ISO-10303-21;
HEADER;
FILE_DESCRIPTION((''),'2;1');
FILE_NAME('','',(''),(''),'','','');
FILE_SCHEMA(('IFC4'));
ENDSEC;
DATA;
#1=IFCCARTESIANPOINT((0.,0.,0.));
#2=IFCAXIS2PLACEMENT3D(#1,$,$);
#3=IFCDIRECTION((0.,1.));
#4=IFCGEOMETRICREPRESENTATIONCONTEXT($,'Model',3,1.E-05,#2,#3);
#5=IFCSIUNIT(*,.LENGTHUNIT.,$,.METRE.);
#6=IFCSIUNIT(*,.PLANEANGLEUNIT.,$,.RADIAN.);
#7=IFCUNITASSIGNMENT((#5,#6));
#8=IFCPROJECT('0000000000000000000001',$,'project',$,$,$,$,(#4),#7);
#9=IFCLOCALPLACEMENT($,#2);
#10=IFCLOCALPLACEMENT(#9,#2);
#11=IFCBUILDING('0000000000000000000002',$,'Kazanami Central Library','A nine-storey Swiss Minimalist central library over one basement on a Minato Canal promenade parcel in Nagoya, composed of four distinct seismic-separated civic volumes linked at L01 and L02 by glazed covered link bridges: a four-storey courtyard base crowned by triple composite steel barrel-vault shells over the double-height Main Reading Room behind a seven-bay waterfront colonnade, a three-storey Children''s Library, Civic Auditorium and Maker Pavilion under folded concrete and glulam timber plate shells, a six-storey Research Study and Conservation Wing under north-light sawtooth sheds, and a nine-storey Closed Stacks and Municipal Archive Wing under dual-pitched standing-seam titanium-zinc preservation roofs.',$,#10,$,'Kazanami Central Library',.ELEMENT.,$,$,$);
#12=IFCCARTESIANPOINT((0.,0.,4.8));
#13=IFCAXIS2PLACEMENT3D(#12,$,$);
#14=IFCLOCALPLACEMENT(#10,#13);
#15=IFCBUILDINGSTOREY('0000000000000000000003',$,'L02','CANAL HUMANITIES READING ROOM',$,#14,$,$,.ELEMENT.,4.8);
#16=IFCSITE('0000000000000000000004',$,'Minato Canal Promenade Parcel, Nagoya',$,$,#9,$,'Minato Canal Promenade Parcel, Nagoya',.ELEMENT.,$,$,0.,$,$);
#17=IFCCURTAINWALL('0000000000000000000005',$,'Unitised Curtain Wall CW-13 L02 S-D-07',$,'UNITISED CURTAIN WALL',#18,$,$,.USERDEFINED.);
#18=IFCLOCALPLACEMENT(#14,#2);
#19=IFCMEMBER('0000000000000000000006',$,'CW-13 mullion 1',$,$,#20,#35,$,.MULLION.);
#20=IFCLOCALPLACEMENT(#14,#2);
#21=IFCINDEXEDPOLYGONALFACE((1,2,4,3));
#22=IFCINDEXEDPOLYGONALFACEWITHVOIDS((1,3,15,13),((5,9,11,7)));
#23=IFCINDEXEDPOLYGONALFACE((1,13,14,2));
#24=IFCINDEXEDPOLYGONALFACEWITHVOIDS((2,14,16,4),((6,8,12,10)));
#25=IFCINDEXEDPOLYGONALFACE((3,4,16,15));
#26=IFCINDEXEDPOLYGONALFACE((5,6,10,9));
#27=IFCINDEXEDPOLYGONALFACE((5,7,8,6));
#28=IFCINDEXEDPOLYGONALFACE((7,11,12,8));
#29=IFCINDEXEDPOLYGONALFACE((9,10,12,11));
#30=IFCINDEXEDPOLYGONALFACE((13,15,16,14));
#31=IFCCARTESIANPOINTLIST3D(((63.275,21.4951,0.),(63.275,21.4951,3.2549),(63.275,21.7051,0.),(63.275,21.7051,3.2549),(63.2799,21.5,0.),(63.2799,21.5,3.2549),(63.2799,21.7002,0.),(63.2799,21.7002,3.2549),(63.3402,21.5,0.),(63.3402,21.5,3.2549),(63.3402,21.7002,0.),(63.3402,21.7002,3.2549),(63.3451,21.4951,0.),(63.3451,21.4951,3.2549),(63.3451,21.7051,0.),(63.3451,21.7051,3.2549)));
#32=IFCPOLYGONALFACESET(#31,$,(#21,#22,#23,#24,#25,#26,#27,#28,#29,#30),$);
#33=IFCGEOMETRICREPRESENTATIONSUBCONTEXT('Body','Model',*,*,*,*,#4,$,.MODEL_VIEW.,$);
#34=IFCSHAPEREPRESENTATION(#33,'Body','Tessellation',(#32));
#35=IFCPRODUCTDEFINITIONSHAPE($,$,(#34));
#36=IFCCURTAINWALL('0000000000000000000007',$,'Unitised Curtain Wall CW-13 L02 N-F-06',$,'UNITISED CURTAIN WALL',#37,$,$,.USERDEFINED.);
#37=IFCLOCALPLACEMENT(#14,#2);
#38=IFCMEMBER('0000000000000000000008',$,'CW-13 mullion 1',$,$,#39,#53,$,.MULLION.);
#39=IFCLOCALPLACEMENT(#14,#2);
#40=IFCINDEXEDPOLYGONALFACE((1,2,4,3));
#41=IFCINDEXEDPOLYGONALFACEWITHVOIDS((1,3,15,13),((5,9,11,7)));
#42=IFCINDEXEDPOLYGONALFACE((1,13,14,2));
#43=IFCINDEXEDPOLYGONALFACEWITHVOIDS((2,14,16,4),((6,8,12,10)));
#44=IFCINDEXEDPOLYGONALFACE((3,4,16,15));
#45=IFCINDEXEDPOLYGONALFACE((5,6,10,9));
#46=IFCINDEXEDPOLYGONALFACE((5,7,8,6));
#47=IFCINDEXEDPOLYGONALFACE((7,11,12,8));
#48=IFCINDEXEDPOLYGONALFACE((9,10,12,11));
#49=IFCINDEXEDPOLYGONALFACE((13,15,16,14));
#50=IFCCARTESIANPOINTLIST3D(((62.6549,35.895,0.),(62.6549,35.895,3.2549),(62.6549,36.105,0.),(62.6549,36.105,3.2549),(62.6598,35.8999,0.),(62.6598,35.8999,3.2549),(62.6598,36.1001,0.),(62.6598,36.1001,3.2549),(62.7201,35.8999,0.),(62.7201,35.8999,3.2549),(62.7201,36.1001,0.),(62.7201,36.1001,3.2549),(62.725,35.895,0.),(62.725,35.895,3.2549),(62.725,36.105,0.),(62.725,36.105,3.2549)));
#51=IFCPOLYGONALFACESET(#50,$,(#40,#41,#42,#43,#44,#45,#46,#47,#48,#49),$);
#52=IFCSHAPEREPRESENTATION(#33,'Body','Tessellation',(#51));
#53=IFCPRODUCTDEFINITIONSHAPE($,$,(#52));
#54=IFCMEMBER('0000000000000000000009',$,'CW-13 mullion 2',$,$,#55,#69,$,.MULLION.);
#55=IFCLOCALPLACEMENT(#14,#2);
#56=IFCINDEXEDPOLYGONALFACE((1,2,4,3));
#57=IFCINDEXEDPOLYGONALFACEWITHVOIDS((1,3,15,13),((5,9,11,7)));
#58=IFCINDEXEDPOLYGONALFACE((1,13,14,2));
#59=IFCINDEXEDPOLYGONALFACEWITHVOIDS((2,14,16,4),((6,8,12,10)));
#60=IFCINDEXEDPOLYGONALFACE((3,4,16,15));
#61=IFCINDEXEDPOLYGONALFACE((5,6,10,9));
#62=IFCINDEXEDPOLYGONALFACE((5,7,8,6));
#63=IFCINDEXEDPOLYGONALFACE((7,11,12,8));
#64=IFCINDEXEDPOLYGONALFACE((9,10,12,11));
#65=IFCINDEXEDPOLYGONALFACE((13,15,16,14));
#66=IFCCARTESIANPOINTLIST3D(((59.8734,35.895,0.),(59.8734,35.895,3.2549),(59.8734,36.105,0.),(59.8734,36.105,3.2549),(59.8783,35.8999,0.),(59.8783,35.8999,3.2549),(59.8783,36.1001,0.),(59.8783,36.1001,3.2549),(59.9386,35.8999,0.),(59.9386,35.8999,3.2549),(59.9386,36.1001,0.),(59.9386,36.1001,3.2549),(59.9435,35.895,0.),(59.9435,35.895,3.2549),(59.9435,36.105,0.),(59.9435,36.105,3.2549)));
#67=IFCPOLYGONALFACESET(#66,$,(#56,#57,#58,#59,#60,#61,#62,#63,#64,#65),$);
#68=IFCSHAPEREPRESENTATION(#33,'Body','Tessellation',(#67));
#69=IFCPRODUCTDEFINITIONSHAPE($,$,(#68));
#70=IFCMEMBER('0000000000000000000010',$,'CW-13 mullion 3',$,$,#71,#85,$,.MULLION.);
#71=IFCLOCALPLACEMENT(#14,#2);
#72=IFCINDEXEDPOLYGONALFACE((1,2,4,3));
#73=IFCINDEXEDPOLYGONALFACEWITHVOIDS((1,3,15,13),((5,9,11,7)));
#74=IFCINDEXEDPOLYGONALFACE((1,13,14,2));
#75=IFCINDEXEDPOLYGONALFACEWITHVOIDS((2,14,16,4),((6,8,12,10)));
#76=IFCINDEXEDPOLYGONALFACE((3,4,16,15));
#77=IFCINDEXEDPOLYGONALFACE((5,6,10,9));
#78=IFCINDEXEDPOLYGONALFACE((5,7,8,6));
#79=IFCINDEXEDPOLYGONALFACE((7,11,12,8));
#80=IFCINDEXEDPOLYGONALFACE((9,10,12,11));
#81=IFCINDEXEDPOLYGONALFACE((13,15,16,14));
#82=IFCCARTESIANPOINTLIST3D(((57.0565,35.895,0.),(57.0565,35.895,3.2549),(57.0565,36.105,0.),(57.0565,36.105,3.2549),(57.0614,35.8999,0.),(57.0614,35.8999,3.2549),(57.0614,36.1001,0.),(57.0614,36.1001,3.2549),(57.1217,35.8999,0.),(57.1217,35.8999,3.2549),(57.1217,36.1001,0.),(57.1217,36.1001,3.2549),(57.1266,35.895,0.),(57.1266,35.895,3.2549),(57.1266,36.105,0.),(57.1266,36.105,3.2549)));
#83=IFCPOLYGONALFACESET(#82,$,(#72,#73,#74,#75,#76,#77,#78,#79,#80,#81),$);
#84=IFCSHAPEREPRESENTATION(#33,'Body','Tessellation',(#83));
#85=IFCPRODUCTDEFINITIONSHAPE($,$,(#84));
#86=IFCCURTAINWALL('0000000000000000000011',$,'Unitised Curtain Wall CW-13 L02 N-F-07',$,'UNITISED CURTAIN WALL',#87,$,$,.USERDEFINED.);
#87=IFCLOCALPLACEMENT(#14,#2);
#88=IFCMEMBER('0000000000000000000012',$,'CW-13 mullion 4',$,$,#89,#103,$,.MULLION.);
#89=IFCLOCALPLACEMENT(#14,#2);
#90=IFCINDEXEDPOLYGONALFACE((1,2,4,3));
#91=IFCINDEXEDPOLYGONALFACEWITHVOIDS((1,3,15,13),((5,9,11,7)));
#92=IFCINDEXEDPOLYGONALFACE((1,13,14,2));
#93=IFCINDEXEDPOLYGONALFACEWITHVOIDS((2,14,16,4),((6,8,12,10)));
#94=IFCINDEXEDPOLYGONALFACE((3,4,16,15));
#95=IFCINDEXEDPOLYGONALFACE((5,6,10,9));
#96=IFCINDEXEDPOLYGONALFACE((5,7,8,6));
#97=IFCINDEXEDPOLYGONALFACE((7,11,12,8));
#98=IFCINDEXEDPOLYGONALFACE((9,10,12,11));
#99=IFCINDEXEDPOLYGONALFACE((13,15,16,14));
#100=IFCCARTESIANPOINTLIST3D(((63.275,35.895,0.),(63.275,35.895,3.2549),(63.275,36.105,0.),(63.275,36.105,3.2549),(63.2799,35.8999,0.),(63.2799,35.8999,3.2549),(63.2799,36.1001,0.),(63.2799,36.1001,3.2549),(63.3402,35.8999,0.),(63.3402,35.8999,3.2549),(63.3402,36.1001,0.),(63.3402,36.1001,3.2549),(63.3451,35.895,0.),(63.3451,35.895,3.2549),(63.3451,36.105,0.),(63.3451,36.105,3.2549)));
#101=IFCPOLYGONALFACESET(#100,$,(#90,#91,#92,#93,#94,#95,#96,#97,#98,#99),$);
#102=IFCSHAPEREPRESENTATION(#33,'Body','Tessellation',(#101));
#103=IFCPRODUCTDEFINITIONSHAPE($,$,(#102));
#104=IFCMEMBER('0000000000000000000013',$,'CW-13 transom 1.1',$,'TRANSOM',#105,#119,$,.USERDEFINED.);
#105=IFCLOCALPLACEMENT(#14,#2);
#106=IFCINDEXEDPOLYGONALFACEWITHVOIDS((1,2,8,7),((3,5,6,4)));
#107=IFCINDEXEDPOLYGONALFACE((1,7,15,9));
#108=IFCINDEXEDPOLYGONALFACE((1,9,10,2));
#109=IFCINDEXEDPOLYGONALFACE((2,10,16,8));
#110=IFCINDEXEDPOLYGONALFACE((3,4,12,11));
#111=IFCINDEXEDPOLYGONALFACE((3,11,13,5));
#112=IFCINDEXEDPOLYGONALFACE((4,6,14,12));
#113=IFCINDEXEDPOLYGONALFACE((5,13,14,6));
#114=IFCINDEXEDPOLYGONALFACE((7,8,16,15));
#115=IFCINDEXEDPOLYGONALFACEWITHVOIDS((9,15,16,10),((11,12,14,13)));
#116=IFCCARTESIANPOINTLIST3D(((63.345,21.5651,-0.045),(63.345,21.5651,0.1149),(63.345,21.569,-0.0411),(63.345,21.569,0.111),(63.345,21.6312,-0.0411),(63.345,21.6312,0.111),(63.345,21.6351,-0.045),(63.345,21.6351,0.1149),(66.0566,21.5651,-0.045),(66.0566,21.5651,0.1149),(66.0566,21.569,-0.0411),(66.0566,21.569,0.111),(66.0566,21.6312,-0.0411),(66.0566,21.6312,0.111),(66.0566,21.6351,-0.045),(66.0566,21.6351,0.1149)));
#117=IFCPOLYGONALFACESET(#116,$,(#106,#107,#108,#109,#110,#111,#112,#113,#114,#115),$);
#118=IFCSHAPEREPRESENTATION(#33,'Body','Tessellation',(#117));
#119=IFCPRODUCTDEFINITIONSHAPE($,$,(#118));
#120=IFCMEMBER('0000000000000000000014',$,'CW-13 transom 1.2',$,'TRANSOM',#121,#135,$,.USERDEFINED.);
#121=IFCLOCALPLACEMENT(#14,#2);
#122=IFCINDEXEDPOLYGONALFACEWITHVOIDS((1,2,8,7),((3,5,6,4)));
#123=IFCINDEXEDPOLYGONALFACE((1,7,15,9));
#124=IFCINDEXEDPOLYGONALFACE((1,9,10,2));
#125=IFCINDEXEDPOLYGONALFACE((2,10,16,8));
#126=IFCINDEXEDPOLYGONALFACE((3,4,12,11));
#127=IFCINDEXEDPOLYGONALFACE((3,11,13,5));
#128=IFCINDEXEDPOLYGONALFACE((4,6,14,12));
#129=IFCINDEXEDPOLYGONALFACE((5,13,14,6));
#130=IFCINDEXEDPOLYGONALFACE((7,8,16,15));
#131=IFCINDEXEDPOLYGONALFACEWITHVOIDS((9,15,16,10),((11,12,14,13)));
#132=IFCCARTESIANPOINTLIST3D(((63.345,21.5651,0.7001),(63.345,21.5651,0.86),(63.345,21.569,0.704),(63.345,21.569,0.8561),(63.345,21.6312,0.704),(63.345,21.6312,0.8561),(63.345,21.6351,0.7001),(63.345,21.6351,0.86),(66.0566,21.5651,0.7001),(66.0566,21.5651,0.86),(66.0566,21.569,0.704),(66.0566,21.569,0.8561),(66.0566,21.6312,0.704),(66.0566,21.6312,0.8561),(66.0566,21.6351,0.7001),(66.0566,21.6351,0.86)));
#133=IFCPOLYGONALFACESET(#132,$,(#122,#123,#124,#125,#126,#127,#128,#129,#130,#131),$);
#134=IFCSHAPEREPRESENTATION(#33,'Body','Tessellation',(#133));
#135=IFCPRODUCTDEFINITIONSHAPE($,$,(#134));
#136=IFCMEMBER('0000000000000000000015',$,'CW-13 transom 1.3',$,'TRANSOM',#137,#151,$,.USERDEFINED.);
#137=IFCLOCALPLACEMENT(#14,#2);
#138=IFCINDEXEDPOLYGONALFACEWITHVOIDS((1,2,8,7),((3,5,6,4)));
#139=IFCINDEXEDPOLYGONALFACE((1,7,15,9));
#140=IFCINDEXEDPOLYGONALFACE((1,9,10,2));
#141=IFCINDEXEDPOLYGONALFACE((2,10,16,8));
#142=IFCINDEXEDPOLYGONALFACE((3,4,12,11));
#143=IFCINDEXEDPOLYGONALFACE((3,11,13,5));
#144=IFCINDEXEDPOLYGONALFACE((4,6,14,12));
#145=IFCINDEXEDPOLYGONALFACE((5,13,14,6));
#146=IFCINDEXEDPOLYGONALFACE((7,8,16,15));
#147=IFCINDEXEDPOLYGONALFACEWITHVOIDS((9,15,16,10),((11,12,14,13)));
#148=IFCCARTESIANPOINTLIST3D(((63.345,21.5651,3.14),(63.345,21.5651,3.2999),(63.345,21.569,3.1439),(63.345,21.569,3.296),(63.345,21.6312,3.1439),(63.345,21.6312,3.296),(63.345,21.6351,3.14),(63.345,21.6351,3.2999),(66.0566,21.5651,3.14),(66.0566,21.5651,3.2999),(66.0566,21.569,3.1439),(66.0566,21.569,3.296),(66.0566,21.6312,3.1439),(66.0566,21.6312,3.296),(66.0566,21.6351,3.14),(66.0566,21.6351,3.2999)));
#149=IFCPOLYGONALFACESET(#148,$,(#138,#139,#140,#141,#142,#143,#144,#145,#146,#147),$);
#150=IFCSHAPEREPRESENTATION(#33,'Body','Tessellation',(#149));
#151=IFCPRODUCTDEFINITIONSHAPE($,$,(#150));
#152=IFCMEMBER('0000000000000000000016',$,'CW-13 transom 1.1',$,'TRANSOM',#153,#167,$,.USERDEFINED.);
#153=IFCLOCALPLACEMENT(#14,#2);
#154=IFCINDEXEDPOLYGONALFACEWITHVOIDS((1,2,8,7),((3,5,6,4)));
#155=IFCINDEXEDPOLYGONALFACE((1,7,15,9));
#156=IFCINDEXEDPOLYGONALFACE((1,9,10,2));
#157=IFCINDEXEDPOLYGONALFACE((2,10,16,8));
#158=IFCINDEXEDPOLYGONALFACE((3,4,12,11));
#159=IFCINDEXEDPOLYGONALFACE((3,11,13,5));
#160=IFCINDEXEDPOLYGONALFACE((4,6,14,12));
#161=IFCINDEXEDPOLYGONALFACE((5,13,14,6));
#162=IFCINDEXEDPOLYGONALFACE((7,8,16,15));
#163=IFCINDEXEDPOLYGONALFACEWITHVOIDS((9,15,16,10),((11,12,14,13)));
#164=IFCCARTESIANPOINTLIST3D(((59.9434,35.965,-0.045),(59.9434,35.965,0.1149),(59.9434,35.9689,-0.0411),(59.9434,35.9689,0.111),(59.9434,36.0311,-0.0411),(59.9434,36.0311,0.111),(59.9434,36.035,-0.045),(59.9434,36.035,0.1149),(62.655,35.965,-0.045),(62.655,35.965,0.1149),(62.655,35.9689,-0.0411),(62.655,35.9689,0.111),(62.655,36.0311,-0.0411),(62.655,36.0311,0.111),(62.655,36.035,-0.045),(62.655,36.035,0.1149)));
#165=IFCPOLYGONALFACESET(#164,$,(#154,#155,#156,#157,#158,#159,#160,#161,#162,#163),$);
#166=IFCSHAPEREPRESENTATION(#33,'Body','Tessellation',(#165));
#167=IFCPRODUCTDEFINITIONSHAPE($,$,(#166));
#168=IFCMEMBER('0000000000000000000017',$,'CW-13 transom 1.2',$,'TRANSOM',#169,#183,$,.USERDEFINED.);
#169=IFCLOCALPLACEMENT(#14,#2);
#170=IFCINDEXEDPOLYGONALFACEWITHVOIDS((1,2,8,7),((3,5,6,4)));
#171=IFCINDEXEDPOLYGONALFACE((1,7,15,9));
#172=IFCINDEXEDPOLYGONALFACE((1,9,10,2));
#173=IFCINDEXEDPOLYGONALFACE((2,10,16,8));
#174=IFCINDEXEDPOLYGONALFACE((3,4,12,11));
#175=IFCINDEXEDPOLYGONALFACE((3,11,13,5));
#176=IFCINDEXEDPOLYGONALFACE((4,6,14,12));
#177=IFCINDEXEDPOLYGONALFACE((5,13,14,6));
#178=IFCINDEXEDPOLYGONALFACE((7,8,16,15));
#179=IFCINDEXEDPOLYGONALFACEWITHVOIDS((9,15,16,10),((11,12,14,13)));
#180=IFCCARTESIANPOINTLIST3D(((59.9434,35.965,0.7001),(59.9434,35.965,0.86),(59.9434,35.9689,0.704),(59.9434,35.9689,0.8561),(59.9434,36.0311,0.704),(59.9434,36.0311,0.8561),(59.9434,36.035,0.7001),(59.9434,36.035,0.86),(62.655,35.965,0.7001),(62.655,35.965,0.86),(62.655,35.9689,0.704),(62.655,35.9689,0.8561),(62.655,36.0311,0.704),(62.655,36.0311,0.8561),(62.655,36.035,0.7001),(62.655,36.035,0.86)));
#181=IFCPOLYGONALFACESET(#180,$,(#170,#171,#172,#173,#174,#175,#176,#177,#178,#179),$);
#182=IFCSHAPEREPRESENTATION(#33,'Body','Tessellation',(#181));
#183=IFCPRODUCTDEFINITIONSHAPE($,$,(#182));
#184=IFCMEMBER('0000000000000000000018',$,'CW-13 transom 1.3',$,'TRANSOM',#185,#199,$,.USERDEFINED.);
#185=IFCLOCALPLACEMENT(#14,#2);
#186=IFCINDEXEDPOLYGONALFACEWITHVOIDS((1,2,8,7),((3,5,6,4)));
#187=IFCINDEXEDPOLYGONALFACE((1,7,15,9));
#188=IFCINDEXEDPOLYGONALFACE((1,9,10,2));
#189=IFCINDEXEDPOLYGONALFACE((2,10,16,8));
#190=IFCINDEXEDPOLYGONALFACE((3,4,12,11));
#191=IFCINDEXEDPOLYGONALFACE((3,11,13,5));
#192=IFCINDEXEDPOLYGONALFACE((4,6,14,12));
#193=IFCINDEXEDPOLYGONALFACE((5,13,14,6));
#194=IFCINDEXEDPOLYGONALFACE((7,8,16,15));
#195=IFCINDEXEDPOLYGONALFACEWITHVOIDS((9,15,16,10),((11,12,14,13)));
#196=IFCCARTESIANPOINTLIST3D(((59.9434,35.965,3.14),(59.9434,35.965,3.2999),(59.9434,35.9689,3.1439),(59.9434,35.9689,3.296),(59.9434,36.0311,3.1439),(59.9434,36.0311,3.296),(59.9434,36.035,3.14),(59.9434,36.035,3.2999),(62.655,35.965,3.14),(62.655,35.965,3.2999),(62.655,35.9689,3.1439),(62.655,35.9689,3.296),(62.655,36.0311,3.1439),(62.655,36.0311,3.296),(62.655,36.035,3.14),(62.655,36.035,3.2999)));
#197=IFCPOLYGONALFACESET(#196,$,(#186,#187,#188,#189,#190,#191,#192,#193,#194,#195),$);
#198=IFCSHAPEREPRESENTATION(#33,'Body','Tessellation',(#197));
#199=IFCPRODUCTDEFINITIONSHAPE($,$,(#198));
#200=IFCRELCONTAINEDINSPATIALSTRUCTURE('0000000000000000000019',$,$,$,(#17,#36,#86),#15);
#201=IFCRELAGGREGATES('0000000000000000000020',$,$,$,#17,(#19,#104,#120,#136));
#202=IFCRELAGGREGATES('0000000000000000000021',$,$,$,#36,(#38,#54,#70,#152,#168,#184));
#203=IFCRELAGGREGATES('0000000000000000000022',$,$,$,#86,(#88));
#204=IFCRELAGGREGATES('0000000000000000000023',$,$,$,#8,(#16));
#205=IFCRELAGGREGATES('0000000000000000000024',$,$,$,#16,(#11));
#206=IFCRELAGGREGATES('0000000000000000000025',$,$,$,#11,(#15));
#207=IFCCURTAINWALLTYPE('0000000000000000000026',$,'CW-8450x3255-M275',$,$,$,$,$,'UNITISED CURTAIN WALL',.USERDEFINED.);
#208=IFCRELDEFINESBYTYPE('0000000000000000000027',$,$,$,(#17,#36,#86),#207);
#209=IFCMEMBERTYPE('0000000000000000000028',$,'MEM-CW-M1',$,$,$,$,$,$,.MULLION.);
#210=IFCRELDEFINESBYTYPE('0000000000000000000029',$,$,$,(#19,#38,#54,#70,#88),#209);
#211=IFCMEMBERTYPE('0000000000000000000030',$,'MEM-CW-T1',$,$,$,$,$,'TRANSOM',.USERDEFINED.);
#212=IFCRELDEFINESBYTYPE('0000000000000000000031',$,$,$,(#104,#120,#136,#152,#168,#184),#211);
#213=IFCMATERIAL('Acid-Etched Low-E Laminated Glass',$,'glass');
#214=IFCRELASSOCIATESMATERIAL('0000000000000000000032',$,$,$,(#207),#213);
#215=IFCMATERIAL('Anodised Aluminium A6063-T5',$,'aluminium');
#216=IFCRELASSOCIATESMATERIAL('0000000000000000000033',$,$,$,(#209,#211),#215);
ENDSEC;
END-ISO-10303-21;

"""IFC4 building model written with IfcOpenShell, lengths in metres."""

from ifc_helpers import new_model, si_unit, direction, frame, origin, origin_2d, place, context, subcontext, project, spatial, hollow_rectangle, extrude, material, material_profile, profile_set, type_object, element, aggregate, save


model = new_model("IFC4")

# Units and contexts
model_context = context("Model", 3, precision=1e-05, world=origin(), true_north=direction((0.0, 1.0)))
body_context = subcontext(model_context, "Body", "Model", "MODEL_VIEW")
ifc_project = project(units=[si_unit("LENGTHUNIT", "METRE"), si_unit("PLANEANGLEUNIT", "RADIAN")], contexts=[model_context])

# Site, building, storey
site_placement = place(None, origin())
site = spatial("IfcSite", under=ifc_project, at=site_placement, Name="Minato Canal Promenade Parcel, Nagoya", LongName="Minato Canal Promenade Parcel, Nagoya", CompositionType="ELEMENT", RefElevation=0.0)
building_placement = place(site_placement, origin())
building = spatial("IfcBuilding", under=site, at=building_placement, Name="Kazanami Central Library", Description="A nine-storey Swiss Minimalist central library over one basement on a Minato Canal promenade parcel in Nagoya, composed of four distinct seismic-separated civic volumes linked at L01 and L02 by glazed covered link bridges: a four-storey courtyard base crowned by triple composite steel barrel-vault shells over the double-height Main Reading Room behind a seven-bay waterfront colonnade, a three-storey Children's Library, Civic Auditorium and Maker Pavilion under folded concrete and glulam timber plate shells, a six-storey Research Study and Conservation Wing under north-light sawtooth sheds, and a nine-storey Closed Stacks and Municipal Archive Wing under dual-pitched standing-seam titanium-zinc preservation roofs.", LongName="Kazanami Central Library", CompositionType="ELEMENT")
storey_placement = place(building_placement, frame((0.0, 0.0, 4.8)))
storey = spatial("IfcBuildingStorey", under=building, at=storey_placement, Name="L02", Description="CANAL HUMANITIES READING ROOM", CompositionType="ELEMENT", Elevation=4.8)

# Curtain wall, member
ifc_material_1 = material(Name="Acid-Etched Low-E Laminated Glass", Category="glass")
curtain_wall_type = type_object("IfcCurtainWallType", Name="CW-8450x3255-M275", ElementType="UNITISED CURTAIN WALL", PredefinedType="USERDEFINED", material=ifc_material_1)
curtain_wall_1_placement = place(storey_placement, origin())
curtain_wall_1 = element("IfcCurtainWall", 1, at=curtain_wall_1_placement, inside=storey, type_object=curtain_wall_type, Name="Unitised Curtain Wall CW-13 L02 S-D-07", ObjectType="UNITISED CURTAIN WALL", PredefinedType="USERDEFINED")
ifc_material_2 = material(Name="Anodised Aluminium A6063-T5", Category="aluminium")
ifc_material_profile_1 = material_profile(ifc_material_2, hollow_rectangle(XDim=0.0701, YDim=0.21, WallThickness=0.0049, at=origin_2d()), Name="ALU-MULL-70x210x5")
ifc_profile_set_1 = profile_set([ifc_material_profile_1], Name="Anodised Aluminium A6063-T5")
member_type_1 = type_object("IfcMemberType", Name="MEM-CW-M1", PredefinedType="MULLION", material=ifc_profile_set_1)
member_1_placement = place(storey_placement, frame((63.3101, 21.6001, 0.0), z_axis=(0.0, 0.0, 1.0), x_axis=(1.0, 0.0, 0.0)))
member_1 = element("IfcMember", 2, at=member_1_placement, type_object=member_type_1, Name="CW-13 mullion 1", PredefinedType="MULLION", context=body_context, shape_type="SweptSolid", body=[
    extrude(hollow_rectangle(XDim=0.0701, YDim=0.21, WallThickness=0.0049, at=origin_2d()), origin(), (0.0, 0.0, 1.0), 3.2549),
])

# Curtain wall, members
curtain_wall_2_placement = place(storey_placement, origin())
curtain_wall_2 = element("IfcCurtainWall", 3, at=curtain_wall_2_placement, inside=storey, type_object=curtain_wall_type, Name="Unitised Curtain Wall CW-13 L02 N-F-06", ObjectType="UNITISED CURTAIN WALL", PredefinedType="USERDEFINED")
member_2_placement = place(storey_placement, frame((62.6899, 36.0, 0.0), z_axis=(0.0, 0.0, 1.0), x_axis=(-1.0, 0.0, 0.0)))
member_2 = element("IfcMember", 4, at=member_2_placement, type_object=member_type_1, Name="CW-13 mullion 1", PredefinedType="MULLION", context=body_context, shape_type="SweptSolid", body=[
    extrude(hollow_rectangle(XDim=0.0701, YDim=0.21, WallThickness=0.0049, at=origin_2d()), origin(), (0.0, 0.0, 1.0), 3.2549),
])
member_3_placement = place(storey_placement, frame((59.9084, 36.0, 0.0), z_axis=(0.0, 0.0, 1.0), x_axis=(-1.0, 0.0, 0.0)))
member_3 = element("IfcMember", 5, at=member_3_placement, type_object=member_type_1, Name="CW-13 mullion 2", PredefinedType="MULLION", context=body_context, shape_type="SweptSolid", body=[
    extrude(hollow_rectangle(XDim=0.0701, YDim=0.21, WallThickness=0.0049, at=origin_2d()), origin(), (0.0, 0.0, 1.0), 3.2549),
])
member_4_placement = place(storey_placement, frame((57.0916, 36.0, 0.0), z_axis=(0.0, 0.0, 1.0), x_axis=(-1.0, 0.0, 0.0)))
member_4 = element("IfcMember", 6, at=member_4_placement, type_object=member_type_1, Name="CW-13 mullion 3", PredefinedType="MULLION", context=body_context, shape_type="SweptSolid", body=[
    extrude(hollow_rectangle(XDim=0.0701, YDim=0.21, WallThickness=0.0049, at=origin_2d()), origin(), (0.0, 0.0, 1.0), 3.2549),
])

# Curtain wall, member
curtain_wall_3_placement = place(storey_placement, origin())
curtain_wall_3 = element("IfcCurtainWall", 7, at=curtain_wall_3_placement, inside=storey, type_object=curtain_wall_type, Name="Unitised Curtain Wall CW-13 L02 N-F-07", ObjectType="UNITISED CURTAIN WALL", PredefinedType="USERDEFINED")
member_5_placement = place(storey_placement, frame((63.3101, 36.0, 0.0), z_axis=(0.0, 0.0, 1.0), x_axis=(-1.0, 0.0, 0.0)))
member_5 = element("IfcMember", 8, at=member_5_placement, type_object=member_type_1, Name="CW-13 mullion 4", PredefinedType="MULLION", context=body_context, shape_type="SweptSolid", body=[
    extrude(hollow_rectangle(XDim=0.0701, YDim=0.21, WallThickness=0.0049, at=origin_2d()), origin(), (0.0, 0.0, 1.0), 3.2549),
])

# Members
ifc_material_profile_2 = material_profile(ifc_material_2, hollow_rectangle(XDim=0.0701, YDim=0.1599, WallThickness=0.0039, at=origin_2d()), Name="ALU-TRAN-70x160x4")
ifc_profile_set_2 = profile_set([ifc_material_profile_2], Name="Anodised Aluminium A6063-T5")
member_type_2 = type_object("IfcMemberType", Name="MEM-CW-T1", ElementType="TRANSOM", PredefinedType="USERDEFINED", material=ifc_profile_set_2)
member_6_placement = place(storey_placement, frame((63.345, 21.6001, 0.0349), z_axis=(1.0, 0.0, 0.0), x_axis=(0.0, 1.0, 0.0)))
member_6 = element("IfcMember", 9, at=member_6_placement, type_object=member_type_2, Name="CW-13 transom 1.1", ObjectType="TRANSOM", PredefinedType="USERDEFINED", context=body_context, shape_type="SweptSolid", body=[
    extrude(hollow_rectangle(XDim=0.0701, YDim=0.1599, WallThickness=0.0039, at=origin_2d()), origin(), (0.0, 0.0, 1.0), 2.7117),
])
member_7_placement = place(storey_placement, frame((63.345, 21.6001, 0.78), z_axis=(1.0, 0.0, 0.0), x_axis=(0.0, 1.0, 0.0)))
member_7 = element("IfcMember", 10, at=member_7_placement, type_object=member_type_2, Name="CW-13 transom 1.2", ObjectType="TRANSOM", PredefinedType="USERDEFINED", context=body_context, shape_type="SweptSolid", body=[
    extrude(hollow_rectangle(XDim=0.0701, YDim=0.1599, WallThickness=0.0039, at=origin_2d()), origin(), (0.0, 0.0, 1.0), 2.7117),
])
member_8_placement = place(storey_placement, frame((63.345, 21.6001, 3.22), z_axis=(1.0, 0.0, 0.0), x_axis=(0.0, 1.0, 0.0)))
member_8 = element("IfcMember", 11, at=member_8_placement, type_object=member_type_2, Name="CW-13 transom 1.3", ObjectType="TRANSOM", PredefinedType="USERDEFINED", context=body_context, shape_type="SweptSolid", body=[
    extrude(hollow_rectangle(XDim=0.0701, YDim=0.1599, WallThickness=0.0039, at=origin_2d()), origin(), (0.0, 0.0, 1.0), 2.7117),
])
member_9_placement = place(storey_placement, frame((62.655, 36.0, 0.0349), z_axis=(-1.0, 0.0, 0.0), x_axis=(0.0, -1.0, 0.0)))
member_9 = element("IfcMember", 12, at=member_9_placement, type_object=member_type_2, Name="CW-13 transom 1.1", ObjectType="TRANSOM", PredefinedType="USERDEFINED", context=body_context, shape_type="SweptSolid", body=[
    extrude(hollow_rectangle(XDim=0.0701, YDim=0.1599, WallThickness=0.0039, at=origin_2d()), origin(), (0.0, 0.0, 1.0), 2.7117),
])
member_10_placement = place(storey_placement, frame((62.655, 36.0, 0.78), z_axis=(-1.0, 0.0, 0.0), x_axis=(0.0, -1.0, 0.0)))
member_10 = element("IfcMember", 13, at=member_10_placement, type_object=member_type_2, Name="CW-13 transom 1.2", ObjectType="TRANSOM", PredefinedType="USERDEFINED", context=body_context, shape_type="SweptSolid", body=[
    extrude(hollow_rectangle(XDim=0.0701, YDim=0.1599, WallThickness=0.0039, at=origin_2d()), origin(), (0.0, 0.0, 1.0), 2.7117),
])
member_11_placement = place(storey_placement, frame((62.655, 36.0, 3.22), z_axis=(-1.0, 0.0, 0.0), x_axis=(0.0, -1.0, 0.0)))
member_11 = element("IfcMember", 14, at=member_11_placement, type_object=member_type_2, Name="CW-13 transom 1.3", ObjectType="TRANSOM", PredefinedType="USERDEFINED", context=body_context, shape_type="SweptSolid", body=[
    extrude(hollow_rectangle(XDim=0.0701, YDim=0.1599, WallThickness=0.0039, at=origin_2d()), origin(), (0.0, 0.0, 1.0), 2.7117),
])

aggregate(curtain_wall_1, [member_1, member_6, member_7, member_8])
aggregate(curtain_wall_2, [member_2, member_3, member_4, member_9, member_10, member_11])
aggregate(curtain_wall_3, [member_5])

save(model, "model.ifc")
